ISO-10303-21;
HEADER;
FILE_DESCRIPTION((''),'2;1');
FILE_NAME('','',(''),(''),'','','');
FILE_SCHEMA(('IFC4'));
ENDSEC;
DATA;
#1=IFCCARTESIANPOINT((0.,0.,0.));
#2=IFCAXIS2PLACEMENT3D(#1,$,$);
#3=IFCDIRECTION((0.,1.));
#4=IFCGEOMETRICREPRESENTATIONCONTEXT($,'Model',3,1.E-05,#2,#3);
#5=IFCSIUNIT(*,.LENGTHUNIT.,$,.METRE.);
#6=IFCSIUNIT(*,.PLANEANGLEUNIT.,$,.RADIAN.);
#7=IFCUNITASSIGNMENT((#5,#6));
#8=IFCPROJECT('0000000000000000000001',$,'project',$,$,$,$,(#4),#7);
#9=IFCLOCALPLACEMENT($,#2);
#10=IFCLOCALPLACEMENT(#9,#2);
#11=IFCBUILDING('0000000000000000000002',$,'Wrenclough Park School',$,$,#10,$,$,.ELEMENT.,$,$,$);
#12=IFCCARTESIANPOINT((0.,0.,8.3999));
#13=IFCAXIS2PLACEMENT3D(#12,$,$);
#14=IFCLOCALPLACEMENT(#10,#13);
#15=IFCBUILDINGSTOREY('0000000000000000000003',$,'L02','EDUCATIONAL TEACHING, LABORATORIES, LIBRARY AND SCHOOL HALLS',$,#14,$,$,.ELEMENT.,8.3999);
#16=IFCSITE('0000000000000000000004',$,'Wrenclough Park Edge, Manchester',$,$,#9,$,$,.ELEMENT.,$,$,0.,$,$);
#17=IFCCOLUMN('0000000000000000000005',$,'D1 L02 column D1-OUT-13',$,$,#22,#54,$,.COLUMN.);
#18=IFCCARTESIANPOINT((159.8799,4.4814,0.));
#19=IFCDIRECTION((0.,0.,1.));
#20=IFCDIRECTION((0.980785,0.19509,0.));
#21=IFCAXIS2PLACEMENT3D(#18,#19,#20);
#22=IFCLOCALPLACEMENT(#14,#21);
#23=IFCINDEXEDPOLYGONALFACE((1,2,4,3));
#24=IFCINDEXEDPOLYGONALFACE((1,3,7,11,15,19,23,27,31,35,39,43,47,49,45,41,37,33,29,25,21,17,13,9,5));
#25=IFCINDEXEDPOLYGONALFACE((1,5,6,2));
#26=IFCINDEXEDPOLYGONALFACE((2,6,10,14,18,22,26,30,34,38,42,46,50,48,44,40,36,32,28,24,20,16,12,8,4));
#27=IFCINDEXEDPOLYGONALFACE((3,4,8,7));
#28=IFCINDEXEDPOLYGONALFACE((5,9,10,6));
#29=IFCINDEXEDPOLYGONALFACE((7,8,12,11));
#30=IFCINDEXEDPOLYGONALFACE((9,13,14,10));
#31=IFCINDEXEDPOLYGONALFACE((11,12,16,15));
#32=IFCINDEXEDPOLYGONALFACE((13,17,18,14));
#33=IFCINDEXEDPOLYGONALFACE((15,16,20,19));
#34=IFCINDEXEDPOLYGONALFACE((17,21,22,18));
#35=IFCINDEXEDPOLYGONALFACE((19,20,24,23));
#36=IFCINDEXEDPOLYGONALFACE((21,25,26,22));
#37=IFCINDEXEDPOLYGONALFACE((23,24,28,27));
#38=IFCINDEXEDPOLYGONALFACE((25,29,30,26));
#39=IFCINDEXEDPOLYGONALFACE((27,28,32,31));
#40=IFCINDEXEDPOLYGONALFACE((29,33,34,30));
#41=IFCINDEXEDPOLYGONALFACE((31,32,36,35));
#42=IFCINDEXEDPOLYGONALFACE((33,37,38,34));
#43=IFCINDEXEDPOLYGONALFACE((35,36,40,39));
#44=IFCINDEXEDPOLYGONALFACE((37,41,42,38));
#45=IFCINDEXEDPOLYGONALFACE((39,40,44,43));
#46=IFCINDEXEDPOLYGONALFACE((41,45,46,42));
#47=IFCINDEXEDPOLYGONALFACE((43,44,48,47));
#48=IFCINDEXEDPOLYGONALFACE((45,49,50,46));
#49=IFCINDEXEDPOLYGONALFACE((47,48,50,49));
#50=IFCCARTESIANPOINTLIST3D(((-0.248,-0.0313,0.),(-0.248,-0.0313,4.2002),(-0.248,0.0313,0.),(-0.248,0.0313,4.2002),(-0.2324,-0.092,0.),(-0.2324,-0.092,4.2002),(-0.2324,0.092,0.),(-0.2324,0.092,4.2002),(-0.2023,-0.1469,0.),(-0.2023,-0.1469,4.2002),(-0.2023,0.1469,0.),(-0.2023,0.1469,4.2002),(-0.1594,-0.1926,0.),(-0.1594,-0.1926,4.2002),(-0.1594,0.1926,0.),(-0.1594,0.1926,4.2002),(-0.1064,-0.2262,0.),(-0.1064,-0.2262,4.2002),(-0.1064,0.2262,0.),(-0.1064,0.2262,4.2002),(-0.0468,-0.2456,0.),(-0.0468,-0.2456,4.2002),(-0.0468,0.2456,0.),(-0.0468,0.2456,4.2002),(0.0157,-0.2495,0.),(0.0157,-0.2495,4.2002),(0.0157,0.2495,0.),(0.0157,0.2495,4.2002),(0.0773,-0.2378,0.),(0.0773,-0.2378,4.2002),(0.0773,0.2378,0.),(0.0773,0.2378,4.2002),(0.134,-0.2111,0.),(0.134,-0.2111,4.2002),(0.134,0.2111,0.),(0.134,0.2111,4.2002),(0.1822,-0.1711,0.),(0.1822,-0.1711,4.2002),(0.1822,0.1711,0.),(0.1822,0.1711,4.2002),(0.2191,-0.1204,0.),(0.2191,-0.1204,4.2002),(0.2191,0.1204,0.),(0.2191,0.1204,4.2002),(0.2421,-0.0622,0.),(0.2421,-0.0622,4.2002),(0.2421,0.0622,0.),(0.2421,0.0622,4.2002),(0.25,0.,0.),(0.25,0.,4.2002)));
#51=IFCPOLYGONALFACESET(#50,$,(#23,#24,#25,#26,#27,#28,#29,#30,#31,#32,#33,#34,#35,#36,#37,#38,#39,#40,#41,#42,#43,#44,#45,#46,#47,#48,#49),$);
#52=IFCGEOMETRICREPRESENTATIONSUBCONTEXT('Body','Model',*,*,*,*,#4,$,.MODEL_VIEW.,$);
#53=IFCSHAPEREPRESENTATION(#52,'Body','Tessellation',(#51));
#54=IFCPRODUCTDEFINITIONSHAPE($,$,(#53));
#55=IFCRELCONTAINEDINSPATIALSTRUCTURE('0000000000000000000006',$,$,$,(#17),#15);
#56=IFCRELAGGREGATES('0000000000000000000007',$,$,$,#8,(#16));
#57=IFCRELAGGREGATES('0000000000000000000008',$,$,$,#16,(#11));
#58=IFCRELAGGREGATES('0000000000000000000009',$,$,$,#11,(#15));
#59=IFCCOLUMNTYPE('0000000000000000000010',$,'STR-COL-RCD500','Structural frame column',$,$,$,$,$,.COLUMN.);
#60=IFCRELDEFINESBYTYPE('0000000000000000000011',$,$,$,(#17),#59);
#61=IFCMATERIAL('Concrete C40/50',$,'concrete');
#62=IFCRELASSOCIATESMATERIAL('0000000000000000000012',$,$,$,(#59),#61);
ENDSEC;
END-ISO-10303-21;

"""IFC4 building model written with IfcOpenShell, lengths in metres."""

from ifc_helpers import new_model, si_unit, direction, frame, origin, origin_2d, place, context, subcontext, project, spatial, circle, extrude, material, material_profile, profile_set, type_object, element, save


model = new_model("IFC4")

# Units and contexts
model_context = context("Model", 3, precision=1e-05, world=origin(), true_north=direction((0.0, 1.0)))
body_context = subcontext(model_context, "Body", "Model", "MODEL_VIEW")
ifc_project = project(units=[si_unit("LENGTHUNIT", "METRE"), si_unit("PLANEANGLEUNIT", "RADIAN")], contexts=[model_context])

# Site, building, storey
site_placement = place(None, origin())
site = spatial("IfcSite", under=ifc_project, at=site_placement, Name="Wrenclough Park Edge, Manchester", CompositionType="ELEMENT", RefElevation=0.0)
building_placement = place(site_placement, origin())
building = spatial("IfcBuilding", under=site, at=building_placement, Name="Wrenclough Park School", CompositionType="ELEMENT")
storey_placement = place(building_placement, frame((0.0, 0.0, 8.3999)))
storey = spatial("IfcBuildingStorey", under=building, at=storey_placement, Name="L02", Description="EDUCATIONAL TEACHING, LABORATORIES, LIBRARY AND SCHOOL HALLS", CompositionType="ELEMENT", Elevation=8.3999)

# Column
ifc_material_1 = material(Name="Concrete C40/50", Category="concrete")
ifc_material_profile_1 = material_profile(ifc_material_1, circle(Radius=0.25, at=origin_2d()), Name="RC COL D500")
ifc_profile_set_1 = profile_set([ifc_material_profile_1], Name="Concrete C40/50")
column_type = type_object("IfcColumnType", Name="STR-COL-RCD500", Description="Structural frame column", PredefinedType="COLUMN", material=ifc_profile_set_1)
column_placement = place(storey_placement, frame((159.8799, 4.4814, 0.0), z_axis=(0.0, 0.0, 1.0), x_axis=(0.980785, 0.19509, 0.0)))
element("IfcColumn", 1, at=column_placement, inside=storey, type_object=column_type, Name="D1 L02 column D1-OUT-13", PredefinedType="COLUMN", context=body_context, shape_type="SweptSolid", body=[
    extrude(circle(Radius=0.25, at=origin_2d()), origin(), (0.0, 0.0, 1.0), 4.2002),
])

save(model, "model.ifc")
